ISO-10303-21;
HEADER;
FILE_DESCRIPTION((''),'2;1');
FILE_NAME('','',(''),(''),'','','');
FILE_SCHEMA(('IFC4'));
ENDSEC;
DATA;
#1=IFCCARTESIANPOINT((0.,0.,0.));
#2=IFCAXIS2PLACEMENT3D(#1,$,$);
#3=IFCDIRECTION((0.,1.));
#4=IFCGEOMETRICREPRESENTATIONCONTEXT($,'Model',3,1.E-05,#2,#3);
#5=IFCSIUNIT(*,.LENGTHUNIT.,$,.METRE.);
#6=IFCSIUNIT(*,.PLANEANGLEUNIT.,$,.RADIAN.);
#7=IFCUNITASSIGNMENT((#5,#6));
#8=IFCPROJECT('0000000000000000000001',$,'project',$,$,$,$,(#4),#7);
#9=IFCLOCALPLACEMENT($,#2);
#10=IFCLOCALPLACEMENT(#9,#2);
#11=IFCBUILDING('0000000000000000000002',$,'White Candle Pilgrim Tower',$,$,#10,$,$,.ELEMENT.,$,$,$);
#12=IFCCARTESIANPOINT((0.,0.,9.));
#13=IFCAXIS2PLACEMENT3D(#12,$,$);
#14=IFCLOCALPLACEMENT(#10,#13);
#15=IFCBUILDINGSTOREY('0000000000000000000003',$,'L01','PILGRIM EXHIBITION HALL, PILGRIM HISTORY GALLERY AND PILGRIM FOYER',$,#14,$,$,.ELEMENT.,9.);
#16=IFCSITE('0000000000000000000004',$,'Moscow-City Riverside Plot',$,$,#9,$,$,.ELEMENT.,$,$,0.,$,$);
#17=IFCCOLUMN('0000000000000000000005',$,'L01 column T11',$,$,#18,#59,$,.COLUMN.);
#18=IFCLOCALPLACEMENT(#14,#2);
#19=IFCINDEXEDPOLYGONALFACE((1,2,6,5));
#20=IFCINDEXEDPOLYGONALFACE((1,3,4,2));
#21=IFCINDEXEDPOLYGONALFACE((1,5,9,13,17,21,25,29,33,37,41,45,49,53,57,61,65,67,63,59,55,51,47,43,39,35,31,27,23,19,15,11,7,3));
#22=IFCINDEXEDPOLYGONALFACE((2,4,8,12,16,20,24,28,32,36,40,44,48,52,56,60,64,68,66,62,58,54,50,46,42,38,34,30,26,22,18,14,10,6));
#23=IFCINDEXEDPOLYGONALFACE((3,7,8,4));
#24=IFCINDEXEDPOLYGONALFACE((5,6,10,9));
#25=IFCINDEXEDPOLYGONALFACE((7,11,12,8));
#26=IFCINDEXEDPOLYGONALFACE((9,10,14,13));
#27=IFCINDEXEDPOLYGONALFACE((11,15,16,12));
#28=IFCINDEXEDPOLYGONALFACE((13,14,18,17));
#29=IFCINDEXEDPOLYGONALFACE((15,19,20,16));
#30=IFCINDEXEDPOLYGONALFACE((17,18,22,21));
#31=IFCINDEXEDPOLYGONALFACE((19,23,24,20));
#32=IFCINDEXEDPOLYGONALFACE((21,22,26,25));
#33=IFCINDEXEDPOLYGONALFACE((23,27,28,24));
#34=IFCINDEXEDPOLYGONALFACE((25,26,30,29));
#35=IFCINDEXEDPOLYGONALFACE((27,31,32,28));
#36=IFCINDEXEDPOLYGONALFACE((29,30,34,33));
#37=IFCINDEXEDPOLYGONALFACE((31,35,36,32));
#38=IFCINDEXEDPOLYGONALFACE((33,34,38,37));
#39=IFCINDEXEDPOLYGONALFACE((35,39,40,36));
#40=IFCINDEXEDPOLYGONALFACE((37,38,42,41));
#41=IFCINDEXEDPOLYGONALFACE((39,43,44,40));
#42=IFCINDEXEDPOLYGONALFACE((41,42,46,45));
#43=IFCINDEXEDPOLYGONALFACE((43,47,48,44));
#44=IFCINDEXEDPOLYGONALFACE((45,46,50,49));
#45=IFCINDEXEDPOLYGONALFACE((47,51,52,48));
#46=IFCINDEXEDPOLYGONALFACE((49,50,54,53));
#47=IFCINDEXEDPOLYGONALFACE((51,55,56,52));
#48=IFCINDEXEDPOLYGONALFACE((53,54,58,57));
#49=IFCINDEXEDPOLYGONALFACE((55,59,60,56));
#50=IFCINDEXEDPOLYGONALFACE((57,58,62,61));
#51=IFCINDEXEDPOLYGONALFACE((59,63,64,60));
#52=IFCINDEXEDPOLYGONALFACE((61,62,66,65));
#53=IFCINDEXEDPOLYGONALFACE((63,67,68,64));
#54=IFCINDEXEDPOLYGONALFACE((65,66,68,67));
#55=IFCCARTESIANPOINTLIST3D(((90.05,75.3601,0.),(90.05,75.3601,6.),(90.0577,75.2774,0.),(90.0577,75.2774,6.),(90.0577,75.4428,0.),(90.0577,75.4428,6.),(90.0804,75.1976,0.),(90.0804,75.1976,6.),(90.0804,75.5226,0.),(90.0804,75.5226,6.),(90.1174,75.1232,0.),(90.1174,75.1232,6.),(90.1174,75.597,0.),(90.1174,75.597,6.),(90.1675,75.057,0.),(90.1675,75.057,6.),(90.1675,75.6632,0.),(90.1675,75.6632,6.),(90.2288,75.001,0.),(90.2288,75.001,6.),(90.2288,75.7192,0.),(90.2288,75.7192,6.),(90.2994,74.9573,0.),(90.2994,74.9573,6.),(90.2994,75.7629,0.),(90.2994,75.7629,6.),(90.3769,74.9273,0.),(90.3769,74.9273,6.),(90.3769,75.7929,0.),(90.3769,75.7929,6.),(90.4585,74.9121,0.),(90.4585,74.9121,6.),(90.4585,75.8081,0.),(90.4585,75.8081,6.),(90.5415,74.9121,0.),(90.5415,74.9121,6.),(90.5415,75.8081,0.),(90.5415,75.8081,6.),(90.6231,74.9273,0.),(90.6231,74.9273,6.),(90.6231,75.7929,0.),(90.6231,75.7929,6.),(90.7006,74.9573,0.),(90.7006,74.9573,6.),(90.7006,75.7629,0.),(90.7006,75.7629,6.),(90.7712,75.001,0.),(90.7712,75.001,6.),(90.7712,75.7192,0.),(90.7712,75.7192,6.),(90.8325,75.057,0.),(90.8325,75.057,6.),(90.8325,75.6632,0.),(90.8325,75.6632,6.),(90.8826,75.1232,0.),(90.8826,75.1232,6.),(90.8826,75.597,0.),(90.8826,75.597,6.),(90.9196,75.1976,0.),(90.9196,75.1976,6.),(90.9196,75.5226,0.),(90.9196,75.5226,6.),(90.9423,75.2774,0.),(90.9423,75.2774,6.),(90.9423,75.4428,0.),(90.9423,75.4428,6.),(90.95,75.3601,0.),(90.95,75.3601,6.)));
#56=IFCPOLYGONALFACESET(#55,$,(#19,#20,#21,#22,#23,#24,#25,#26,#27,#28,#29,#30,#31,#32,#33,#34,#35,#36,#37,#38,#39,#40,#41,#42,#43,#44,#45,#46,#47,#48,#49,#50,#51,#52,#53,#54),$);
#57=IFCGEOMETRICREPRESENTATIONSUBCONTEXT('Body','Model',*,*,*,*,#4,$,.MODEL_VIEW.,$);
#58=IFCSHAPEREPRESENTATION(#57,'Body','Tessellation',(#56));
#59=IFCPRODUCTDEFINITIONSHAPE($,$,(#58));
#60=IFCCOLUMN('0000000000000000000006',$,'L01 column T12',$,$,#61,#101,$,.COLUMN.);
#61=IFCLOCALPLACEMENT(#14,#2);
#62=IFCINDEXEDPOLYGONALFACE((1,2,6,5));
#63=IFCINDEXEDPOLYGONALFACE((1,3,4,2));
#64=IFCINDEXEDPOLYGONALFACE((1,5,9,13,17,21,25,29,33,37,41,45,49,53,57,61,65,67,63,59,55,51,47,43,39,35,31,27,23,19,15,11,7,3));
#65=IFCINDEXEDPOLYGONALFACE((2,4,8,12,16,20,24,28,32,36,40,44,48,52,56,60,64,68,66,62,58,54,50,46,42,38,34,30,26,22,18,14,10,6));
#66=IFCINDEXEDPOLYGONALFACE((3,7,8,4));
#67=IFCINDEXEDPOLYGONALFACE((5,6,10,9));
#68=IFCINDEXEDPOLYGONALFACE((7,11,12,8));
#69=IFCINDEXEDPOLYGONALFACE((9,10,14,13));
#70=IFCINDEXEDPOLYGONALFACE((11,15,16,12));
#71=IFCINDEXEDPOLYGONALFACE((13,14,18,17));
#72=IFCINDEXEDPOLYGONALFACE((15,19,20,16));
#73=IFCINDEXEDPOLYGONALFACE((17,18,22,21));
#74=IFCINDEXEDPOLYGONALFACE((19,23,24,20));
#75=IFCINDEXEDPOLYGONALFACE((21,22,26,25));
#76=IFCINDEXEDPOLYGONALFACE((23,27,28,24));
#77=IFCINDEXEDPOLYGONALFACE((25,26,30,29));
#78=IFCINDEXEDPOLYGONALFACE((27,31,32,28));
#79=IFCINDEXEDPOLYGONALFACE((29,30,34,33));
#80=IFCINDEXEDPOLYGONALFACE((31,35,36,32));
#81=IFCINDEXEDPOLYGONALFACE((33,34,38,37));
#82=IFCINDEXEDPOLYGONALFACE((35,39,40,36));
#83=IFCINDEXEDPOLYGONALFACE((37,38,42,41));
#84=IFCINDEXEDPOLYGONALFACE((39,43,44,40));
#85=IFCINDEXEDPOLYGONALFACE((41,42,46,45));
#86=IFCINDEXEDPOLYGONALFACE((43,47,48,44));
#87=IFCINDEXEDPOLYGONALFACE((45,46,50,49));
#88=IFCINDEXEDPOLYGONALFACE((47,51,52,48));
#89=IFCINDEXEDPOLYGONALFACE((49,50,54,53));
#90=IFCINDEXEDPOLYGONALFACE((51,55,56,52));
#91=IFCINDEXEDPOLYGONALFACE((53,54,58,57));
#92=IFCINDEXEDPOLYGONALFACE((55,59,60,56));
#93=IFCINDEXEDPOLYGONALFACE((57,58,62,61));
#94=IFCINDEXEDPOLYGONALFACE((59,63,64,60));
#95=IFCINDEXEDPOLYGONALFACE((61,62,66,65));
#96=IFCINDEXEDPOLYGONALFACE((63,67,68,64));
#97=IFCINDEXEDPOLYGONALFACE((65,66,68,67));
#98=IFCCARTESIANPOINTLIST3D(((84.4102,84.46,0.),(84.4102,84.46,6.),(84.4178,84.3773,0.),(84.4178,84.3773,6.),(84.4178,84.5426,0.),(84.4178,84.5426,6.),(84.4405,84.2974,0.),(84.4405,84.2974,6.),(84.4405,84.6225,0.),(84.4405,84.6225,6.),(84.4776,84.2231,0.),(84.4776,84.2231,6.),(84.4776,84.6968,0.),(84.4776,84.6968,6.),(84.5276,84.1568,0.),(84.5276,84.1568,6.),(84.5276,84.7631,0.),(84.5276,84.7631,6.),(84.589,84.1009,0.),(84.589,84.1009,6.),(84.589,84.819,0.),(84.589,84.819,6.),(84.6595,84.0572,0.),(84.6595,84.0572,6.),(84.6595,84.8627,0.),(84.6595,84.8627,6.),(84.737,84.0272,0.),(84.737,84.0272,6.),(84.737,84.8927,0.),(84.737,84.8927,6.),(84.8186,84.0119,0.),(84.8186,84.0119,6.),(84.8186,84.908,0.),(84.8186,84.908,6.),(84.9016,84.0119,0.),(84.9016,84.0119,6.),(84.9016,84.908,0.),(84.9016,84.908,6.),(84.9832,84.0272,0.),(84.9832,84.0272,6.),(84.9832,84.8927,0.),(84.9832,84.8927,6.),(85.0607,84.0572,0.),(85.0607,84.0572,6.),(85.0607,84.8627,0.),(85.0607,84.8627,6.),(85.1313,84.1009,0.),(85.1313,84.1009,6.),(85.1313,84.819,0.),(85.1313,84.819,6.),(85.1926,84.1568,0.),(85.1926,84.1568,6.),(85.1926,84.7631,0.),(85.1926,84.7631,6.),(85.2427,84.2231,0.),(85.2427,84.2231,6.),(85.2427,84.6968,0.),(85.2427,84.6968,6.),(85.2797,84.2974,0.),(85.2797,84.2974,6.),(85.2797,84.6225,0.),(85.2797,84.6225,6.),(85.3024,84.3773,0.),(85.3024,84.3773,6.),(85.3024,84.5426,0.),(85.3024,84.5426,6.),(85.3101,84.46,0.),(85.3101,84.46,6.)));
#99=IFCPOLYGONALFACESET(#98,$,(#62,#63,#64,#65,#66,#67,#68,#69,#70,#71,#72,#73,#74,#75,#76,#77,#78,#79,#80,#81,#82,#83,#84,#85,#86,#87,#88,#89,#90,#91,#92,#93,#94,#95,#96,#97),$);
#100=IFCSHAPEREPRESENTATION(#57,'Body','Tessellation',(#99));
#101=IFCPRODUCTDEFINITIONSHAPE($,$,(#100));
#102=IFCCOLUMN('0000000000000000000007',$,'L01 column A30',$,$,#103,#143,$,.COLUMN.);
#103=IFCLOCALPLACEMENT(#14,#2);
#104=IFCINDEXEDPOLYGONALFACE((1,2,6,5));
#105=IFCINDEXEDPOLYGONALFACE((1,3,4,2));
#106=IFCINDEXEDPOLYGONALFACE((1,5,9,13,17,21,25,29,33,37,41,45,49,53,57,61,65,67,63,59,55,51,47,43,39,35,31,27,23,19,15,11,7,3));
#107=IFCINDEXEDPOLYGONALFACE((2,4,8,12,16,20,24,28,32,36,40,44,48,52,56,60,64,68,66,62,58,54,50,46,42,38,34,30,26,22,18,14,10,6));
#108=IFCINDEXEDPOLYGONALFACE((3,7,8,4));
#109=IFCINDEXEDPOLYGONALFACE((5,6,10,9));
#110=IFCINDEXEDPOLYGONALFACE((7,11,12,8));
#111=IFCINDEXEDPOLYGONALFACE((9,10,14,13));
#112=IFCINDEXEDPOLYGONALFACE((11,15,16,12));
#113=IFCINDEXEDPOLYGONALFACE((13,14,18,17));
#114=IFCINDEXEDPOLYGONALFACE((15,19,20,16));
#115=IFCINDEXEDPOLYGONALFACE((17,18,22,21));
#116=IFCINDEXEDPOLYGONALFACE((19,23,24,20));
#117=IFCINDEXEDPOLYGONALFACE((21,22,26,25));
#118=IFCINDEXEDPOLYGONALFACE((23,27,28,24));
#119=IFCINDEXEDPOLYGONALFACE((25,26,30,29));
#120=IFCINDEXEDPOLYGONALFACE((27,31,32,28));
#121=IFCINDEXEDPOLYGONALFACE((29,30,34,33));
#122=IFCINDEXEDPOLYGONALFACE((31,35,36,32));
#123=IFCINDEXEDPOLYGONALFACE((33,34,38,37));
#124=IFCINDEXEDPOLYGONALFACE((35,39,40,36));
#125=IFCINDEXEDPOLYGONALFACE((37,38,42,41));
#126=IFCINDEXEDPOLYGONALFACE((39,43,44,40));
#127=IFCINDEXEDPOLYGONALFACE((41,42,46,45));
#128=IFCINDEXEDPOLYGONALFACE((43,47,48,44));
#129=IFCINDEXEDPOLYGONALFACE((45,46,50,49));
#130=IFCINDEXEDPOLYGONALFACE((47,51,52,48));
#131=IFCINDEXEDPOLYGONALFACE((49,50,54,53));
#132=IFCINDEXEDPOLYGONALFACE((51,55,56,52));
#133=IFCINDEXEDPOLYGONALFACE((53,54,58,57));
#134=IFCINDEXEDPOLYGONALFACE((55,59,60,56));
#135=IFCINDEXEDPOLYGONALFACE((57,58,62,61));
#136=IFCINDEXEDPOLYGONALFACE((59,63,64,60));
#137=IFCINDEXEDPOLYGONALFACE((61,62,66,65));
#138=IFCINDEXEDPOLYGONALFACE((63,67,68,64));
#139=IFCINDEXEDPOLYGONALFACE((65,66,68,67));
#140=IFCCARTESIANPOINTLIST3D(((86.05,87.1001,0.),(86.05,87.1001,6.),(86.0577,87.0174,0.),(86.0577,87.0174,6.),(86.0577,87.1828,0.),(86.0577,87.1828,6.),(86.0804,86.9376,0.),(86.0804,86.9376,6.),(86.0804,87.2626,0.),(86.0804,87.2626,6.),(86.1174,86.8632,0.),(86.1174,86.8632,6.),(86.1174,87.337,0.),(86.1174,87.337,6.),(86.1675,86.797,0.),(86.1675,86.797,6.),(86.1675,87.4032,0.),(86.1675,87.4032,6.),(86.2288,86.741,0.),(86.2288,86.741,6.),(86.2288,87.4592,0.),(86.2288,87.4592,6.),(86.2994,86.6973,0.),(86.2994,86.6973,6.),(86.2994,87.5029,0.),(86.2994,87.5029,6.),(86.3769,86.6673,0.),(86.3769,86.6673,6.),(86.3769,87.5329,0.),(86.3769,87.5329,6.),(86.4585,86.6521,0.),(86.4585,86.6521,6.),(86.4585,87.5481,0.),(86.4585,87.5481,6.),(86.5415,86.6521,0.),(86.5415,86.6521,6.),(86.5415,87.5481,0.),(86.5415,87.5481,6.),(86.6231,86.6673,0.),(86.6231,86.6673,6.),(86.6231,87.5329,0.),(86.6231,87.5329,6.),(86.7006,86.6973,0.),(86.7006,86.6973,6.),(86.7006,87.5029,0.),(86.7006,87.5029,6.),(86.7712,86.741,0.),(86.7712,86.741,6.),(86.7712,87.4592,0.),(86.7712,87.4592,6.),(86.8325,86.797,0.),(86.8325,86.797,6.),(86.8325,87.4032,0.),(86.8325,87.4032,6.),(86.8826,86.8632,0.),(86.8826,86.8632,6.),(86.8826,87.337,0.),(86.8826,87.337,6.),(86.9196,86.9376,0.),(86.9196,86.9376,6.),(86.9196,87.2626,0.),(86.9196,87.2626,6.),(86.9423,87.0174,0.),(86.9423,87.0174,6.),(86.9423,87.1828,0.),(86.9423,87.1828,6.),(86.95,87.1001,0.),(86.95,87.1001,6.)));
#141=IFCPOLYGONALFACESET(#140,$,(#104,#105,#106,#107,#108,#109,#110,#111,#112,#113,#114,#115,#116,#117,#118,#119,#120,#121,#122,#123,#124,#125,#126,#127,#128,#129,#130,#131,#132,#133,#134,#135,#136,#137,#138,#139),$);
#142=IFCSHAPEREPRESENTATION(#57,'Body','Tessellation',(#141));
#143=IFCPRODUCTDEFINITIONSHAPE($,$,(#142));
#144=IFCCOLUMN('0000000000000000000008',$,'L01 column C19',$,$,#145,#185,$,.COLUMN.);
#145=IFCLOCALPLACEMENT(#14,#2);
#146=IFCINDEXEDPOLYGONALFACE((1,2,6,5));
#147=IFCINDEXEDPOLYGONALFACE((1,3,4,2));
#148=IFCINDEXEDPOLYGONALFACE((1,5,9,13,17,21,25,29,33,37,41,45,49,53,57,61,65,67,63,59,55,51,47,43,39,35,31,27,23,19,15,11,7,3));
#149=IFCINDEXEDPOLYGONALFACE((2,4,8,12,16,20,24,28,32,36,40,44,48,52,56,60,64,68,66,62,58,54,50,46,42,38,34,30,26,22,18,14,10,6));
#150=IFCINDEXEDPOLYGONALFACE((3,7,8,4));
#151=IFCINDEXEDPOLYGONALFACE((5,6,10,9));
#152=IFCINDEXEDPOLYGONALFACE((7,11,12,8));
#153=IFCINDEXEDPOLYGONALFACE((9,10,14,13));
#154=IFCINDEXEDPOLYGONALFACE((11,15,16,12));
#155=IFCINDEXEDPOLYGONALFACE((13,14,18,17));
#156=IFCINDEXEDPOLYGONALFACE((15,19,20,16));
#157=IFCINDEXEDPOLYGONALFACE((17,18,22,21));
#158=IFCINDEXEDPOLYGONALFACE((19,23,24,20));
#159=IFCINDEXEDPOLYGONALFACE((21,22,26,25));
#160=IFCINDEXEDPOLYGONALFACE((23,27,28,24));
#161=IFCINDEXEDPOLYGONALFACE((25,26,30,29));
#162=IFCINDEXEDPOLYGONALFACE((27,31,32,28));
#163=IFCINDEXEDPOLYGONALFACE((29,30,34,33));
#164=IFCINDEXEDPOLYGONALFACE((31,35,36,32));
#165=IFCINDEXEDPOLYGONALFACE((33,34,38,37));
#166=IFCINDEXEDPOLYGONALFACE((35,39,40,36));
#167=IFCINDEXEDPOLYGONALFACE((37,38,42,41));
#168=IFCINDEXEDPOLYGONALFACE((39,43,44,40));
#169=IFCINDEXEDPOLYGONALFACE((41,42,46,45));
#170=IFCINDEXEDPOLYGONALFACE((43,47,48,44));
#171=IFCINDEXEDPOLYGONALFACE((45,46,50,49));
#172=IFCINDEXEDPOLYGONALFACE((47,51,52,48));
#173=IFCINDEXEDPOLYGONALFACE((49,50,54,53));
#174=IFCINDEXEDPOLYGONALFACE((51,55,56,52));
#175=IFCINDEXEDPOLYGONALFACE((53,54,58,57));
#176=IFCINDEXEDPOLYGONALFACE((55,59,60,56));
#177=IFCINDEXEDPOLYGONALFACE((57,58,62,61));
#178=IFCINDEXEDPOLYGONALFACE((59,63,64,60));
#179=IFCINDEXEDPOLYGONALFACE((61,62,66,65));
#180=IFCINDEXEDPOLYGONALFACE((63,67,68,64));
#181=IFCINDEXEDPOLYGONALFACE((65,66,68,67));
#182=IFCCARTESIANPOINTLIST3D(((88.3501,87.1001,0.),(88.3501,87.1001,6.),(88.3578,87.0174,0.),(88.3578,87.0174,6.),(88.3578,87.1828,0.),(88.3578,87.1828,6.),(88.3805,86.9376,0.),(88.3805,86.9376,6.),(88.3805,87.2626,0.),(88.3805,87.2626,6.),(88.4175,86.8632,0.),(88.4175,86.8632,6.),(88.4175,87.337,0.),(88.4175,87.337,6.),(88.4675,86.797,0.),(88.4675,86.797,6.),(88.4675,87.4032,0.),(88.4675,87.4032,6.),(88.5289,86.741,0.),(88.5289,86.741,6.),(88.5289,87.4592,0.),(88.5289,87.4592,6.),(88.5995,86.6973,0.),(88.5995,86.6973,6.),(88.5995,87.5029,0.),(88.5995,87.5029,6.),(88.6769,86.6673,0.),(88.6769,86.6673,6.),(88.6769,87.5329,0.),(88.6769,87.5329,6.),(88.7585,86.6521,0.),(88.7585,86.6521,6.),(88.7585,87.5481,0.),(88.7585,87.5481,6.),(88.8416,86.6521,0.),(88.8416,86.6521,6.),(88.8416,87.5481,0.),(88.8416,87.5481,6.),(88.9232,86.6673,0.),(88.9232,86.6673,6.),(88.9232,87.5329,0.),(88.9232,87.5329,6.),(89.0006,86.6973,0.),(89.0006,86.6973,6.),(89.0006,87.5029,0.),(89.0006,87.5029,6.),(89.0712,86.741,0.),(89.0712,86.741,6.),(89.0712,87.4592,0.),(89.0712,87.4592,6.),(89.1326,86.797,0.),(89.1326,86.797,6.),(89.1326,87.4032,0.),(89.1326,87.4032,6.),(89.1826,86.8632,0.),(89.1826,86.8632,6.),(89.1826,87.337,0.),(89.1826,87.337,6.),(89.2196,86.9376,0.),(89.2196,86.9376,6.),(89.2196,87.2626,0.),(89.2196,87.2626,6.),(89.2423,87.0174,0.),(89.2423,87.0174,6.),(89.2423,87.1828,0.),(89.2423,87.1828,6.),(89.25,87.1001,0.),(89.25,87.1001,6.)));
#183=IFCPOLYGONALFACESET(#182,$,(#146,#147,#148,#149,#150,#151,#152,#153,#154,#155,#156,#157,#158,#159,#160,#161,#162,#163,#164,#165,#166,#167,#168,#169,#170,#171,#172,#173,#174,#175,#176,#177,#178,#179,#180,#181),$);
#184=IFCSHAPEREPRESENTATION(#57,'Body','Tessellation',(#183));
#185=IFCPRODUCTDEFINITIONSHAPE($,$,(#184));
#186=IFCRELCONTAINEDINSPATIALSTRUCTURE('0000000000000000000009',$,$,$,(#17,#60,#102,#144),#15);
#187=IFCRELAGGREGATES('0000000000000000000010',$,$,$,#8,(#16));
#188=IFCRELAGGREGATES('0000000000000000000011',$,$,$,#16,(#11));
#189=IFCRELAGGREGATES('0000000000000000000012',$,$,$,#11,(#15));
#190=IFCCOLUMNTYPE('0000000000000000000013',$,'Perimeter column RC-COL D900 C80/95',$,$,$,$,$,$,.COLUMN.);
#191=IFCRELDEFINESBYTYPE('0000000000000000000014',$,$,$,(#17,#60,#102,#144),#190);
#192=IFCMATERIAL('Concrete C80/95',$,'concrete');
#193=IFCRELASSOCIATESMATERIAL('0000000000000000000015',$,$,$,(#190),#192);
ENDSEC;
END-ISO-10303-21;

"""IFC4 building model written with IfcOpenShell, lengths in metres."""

from ifc_helpers import new_model, si_unit, direction, frame, origin, origin_2d, place, context, subcontext, project, spatial, circle, extrude, material, material_profile, profile_set, type_object, element, save


model = new_model("IFC4")

# Units and contexts
model_context = context("Model", 3, precision=1e-05, world=origin(), true_north=direction((0.0, 1.0)))
body_context = subcontext(model_context, "Body", "Model", "MODEL_VIEW")
ifc_project = project(units=[si_unit("LENGTHUNIT", "METRE"), si_unit("PLANEANGLEUNIT", "RADIAN")], contexts=[model_context])

# Site, building, storey
site_placement = place(None, origin())
site = spatial("IfcSite", under=ifc_project, at=site_placement, Name="Moscow-City Riverside Plot", CompositionType="ELEMENT", RefElevation=0.0)
building_placement = place(site_placement, origin())
building = spatial("IfcBuilding", under=site, at=building_placement, Name="White Candle Pilgrim Tower", CompositionType="ELEMENT")
storey_placement = place(building_placement, frame((0.0, 0.0, 9.0)))
storey = spatial("IfcBuildingStorey", under=building, at=storey_placement, Name="L01", Description="PILGRIM EXHIBITION HALL, PILGRIM HISTORY GALLERY AND PILGRIM FOYER", CompositionType="ELEMENT", Elevation=9.0)

# Columns
ifc_material_1 = material(Name="Concrete C80/95", Category="concrete")
ifc_material_profile_1 = material_profile(ifc_material_1, circle(Radius=0.45, at=origin_2d()), Name="RC-COL D900")
ifc_profile_set_1 = profile_set([ifc_material_profile_1], Name="Concrete C80/95")
column_type = type_object("IfcColumnType", Name="Perimeter column RC-COL D900 C80/95", PredefinedType="COLUMN", material=ifc_profile_set_1)
for number, where, z_axis, x_axis, name in (
    (1, (90.5, 75.3601, 0.0), (0.0, 0.0, 1.0), (1.0, 0.0, 0.0), "L01 column T11"),
    (2, (84.8601, 84.46, 0.0), (0.0, 0.0, 1.0), (1.0, 0.0, 0.0), "L01 column T12"),
    (3, (86.5, 87.1001, 0.0), (0.0, 0.0, 1.0), (1.0, 0.0, 0.0), "L01 column A30"),
    (4, (88.8, 87.1001, 0.0), (0.0, 0.0, 1.0), (1.0, 0.0, 0.0), "L01 column C19"),
):
    element("IfcColumn", number, at=place(storey_placement, frame(where, z_axis=z_axis, x_axis=x_axis)), inside=storey, type_object=column_type, Name=name, PredefinedType="COLUMN", context=body_context, shape_type="SweptSolid", body=[
        extrude(circle(Radius=0.45, at=origin_2d()), origin(), (0.0, 0.0, 1.0), 6.0),
    ])

save(model, "model.ifc")
